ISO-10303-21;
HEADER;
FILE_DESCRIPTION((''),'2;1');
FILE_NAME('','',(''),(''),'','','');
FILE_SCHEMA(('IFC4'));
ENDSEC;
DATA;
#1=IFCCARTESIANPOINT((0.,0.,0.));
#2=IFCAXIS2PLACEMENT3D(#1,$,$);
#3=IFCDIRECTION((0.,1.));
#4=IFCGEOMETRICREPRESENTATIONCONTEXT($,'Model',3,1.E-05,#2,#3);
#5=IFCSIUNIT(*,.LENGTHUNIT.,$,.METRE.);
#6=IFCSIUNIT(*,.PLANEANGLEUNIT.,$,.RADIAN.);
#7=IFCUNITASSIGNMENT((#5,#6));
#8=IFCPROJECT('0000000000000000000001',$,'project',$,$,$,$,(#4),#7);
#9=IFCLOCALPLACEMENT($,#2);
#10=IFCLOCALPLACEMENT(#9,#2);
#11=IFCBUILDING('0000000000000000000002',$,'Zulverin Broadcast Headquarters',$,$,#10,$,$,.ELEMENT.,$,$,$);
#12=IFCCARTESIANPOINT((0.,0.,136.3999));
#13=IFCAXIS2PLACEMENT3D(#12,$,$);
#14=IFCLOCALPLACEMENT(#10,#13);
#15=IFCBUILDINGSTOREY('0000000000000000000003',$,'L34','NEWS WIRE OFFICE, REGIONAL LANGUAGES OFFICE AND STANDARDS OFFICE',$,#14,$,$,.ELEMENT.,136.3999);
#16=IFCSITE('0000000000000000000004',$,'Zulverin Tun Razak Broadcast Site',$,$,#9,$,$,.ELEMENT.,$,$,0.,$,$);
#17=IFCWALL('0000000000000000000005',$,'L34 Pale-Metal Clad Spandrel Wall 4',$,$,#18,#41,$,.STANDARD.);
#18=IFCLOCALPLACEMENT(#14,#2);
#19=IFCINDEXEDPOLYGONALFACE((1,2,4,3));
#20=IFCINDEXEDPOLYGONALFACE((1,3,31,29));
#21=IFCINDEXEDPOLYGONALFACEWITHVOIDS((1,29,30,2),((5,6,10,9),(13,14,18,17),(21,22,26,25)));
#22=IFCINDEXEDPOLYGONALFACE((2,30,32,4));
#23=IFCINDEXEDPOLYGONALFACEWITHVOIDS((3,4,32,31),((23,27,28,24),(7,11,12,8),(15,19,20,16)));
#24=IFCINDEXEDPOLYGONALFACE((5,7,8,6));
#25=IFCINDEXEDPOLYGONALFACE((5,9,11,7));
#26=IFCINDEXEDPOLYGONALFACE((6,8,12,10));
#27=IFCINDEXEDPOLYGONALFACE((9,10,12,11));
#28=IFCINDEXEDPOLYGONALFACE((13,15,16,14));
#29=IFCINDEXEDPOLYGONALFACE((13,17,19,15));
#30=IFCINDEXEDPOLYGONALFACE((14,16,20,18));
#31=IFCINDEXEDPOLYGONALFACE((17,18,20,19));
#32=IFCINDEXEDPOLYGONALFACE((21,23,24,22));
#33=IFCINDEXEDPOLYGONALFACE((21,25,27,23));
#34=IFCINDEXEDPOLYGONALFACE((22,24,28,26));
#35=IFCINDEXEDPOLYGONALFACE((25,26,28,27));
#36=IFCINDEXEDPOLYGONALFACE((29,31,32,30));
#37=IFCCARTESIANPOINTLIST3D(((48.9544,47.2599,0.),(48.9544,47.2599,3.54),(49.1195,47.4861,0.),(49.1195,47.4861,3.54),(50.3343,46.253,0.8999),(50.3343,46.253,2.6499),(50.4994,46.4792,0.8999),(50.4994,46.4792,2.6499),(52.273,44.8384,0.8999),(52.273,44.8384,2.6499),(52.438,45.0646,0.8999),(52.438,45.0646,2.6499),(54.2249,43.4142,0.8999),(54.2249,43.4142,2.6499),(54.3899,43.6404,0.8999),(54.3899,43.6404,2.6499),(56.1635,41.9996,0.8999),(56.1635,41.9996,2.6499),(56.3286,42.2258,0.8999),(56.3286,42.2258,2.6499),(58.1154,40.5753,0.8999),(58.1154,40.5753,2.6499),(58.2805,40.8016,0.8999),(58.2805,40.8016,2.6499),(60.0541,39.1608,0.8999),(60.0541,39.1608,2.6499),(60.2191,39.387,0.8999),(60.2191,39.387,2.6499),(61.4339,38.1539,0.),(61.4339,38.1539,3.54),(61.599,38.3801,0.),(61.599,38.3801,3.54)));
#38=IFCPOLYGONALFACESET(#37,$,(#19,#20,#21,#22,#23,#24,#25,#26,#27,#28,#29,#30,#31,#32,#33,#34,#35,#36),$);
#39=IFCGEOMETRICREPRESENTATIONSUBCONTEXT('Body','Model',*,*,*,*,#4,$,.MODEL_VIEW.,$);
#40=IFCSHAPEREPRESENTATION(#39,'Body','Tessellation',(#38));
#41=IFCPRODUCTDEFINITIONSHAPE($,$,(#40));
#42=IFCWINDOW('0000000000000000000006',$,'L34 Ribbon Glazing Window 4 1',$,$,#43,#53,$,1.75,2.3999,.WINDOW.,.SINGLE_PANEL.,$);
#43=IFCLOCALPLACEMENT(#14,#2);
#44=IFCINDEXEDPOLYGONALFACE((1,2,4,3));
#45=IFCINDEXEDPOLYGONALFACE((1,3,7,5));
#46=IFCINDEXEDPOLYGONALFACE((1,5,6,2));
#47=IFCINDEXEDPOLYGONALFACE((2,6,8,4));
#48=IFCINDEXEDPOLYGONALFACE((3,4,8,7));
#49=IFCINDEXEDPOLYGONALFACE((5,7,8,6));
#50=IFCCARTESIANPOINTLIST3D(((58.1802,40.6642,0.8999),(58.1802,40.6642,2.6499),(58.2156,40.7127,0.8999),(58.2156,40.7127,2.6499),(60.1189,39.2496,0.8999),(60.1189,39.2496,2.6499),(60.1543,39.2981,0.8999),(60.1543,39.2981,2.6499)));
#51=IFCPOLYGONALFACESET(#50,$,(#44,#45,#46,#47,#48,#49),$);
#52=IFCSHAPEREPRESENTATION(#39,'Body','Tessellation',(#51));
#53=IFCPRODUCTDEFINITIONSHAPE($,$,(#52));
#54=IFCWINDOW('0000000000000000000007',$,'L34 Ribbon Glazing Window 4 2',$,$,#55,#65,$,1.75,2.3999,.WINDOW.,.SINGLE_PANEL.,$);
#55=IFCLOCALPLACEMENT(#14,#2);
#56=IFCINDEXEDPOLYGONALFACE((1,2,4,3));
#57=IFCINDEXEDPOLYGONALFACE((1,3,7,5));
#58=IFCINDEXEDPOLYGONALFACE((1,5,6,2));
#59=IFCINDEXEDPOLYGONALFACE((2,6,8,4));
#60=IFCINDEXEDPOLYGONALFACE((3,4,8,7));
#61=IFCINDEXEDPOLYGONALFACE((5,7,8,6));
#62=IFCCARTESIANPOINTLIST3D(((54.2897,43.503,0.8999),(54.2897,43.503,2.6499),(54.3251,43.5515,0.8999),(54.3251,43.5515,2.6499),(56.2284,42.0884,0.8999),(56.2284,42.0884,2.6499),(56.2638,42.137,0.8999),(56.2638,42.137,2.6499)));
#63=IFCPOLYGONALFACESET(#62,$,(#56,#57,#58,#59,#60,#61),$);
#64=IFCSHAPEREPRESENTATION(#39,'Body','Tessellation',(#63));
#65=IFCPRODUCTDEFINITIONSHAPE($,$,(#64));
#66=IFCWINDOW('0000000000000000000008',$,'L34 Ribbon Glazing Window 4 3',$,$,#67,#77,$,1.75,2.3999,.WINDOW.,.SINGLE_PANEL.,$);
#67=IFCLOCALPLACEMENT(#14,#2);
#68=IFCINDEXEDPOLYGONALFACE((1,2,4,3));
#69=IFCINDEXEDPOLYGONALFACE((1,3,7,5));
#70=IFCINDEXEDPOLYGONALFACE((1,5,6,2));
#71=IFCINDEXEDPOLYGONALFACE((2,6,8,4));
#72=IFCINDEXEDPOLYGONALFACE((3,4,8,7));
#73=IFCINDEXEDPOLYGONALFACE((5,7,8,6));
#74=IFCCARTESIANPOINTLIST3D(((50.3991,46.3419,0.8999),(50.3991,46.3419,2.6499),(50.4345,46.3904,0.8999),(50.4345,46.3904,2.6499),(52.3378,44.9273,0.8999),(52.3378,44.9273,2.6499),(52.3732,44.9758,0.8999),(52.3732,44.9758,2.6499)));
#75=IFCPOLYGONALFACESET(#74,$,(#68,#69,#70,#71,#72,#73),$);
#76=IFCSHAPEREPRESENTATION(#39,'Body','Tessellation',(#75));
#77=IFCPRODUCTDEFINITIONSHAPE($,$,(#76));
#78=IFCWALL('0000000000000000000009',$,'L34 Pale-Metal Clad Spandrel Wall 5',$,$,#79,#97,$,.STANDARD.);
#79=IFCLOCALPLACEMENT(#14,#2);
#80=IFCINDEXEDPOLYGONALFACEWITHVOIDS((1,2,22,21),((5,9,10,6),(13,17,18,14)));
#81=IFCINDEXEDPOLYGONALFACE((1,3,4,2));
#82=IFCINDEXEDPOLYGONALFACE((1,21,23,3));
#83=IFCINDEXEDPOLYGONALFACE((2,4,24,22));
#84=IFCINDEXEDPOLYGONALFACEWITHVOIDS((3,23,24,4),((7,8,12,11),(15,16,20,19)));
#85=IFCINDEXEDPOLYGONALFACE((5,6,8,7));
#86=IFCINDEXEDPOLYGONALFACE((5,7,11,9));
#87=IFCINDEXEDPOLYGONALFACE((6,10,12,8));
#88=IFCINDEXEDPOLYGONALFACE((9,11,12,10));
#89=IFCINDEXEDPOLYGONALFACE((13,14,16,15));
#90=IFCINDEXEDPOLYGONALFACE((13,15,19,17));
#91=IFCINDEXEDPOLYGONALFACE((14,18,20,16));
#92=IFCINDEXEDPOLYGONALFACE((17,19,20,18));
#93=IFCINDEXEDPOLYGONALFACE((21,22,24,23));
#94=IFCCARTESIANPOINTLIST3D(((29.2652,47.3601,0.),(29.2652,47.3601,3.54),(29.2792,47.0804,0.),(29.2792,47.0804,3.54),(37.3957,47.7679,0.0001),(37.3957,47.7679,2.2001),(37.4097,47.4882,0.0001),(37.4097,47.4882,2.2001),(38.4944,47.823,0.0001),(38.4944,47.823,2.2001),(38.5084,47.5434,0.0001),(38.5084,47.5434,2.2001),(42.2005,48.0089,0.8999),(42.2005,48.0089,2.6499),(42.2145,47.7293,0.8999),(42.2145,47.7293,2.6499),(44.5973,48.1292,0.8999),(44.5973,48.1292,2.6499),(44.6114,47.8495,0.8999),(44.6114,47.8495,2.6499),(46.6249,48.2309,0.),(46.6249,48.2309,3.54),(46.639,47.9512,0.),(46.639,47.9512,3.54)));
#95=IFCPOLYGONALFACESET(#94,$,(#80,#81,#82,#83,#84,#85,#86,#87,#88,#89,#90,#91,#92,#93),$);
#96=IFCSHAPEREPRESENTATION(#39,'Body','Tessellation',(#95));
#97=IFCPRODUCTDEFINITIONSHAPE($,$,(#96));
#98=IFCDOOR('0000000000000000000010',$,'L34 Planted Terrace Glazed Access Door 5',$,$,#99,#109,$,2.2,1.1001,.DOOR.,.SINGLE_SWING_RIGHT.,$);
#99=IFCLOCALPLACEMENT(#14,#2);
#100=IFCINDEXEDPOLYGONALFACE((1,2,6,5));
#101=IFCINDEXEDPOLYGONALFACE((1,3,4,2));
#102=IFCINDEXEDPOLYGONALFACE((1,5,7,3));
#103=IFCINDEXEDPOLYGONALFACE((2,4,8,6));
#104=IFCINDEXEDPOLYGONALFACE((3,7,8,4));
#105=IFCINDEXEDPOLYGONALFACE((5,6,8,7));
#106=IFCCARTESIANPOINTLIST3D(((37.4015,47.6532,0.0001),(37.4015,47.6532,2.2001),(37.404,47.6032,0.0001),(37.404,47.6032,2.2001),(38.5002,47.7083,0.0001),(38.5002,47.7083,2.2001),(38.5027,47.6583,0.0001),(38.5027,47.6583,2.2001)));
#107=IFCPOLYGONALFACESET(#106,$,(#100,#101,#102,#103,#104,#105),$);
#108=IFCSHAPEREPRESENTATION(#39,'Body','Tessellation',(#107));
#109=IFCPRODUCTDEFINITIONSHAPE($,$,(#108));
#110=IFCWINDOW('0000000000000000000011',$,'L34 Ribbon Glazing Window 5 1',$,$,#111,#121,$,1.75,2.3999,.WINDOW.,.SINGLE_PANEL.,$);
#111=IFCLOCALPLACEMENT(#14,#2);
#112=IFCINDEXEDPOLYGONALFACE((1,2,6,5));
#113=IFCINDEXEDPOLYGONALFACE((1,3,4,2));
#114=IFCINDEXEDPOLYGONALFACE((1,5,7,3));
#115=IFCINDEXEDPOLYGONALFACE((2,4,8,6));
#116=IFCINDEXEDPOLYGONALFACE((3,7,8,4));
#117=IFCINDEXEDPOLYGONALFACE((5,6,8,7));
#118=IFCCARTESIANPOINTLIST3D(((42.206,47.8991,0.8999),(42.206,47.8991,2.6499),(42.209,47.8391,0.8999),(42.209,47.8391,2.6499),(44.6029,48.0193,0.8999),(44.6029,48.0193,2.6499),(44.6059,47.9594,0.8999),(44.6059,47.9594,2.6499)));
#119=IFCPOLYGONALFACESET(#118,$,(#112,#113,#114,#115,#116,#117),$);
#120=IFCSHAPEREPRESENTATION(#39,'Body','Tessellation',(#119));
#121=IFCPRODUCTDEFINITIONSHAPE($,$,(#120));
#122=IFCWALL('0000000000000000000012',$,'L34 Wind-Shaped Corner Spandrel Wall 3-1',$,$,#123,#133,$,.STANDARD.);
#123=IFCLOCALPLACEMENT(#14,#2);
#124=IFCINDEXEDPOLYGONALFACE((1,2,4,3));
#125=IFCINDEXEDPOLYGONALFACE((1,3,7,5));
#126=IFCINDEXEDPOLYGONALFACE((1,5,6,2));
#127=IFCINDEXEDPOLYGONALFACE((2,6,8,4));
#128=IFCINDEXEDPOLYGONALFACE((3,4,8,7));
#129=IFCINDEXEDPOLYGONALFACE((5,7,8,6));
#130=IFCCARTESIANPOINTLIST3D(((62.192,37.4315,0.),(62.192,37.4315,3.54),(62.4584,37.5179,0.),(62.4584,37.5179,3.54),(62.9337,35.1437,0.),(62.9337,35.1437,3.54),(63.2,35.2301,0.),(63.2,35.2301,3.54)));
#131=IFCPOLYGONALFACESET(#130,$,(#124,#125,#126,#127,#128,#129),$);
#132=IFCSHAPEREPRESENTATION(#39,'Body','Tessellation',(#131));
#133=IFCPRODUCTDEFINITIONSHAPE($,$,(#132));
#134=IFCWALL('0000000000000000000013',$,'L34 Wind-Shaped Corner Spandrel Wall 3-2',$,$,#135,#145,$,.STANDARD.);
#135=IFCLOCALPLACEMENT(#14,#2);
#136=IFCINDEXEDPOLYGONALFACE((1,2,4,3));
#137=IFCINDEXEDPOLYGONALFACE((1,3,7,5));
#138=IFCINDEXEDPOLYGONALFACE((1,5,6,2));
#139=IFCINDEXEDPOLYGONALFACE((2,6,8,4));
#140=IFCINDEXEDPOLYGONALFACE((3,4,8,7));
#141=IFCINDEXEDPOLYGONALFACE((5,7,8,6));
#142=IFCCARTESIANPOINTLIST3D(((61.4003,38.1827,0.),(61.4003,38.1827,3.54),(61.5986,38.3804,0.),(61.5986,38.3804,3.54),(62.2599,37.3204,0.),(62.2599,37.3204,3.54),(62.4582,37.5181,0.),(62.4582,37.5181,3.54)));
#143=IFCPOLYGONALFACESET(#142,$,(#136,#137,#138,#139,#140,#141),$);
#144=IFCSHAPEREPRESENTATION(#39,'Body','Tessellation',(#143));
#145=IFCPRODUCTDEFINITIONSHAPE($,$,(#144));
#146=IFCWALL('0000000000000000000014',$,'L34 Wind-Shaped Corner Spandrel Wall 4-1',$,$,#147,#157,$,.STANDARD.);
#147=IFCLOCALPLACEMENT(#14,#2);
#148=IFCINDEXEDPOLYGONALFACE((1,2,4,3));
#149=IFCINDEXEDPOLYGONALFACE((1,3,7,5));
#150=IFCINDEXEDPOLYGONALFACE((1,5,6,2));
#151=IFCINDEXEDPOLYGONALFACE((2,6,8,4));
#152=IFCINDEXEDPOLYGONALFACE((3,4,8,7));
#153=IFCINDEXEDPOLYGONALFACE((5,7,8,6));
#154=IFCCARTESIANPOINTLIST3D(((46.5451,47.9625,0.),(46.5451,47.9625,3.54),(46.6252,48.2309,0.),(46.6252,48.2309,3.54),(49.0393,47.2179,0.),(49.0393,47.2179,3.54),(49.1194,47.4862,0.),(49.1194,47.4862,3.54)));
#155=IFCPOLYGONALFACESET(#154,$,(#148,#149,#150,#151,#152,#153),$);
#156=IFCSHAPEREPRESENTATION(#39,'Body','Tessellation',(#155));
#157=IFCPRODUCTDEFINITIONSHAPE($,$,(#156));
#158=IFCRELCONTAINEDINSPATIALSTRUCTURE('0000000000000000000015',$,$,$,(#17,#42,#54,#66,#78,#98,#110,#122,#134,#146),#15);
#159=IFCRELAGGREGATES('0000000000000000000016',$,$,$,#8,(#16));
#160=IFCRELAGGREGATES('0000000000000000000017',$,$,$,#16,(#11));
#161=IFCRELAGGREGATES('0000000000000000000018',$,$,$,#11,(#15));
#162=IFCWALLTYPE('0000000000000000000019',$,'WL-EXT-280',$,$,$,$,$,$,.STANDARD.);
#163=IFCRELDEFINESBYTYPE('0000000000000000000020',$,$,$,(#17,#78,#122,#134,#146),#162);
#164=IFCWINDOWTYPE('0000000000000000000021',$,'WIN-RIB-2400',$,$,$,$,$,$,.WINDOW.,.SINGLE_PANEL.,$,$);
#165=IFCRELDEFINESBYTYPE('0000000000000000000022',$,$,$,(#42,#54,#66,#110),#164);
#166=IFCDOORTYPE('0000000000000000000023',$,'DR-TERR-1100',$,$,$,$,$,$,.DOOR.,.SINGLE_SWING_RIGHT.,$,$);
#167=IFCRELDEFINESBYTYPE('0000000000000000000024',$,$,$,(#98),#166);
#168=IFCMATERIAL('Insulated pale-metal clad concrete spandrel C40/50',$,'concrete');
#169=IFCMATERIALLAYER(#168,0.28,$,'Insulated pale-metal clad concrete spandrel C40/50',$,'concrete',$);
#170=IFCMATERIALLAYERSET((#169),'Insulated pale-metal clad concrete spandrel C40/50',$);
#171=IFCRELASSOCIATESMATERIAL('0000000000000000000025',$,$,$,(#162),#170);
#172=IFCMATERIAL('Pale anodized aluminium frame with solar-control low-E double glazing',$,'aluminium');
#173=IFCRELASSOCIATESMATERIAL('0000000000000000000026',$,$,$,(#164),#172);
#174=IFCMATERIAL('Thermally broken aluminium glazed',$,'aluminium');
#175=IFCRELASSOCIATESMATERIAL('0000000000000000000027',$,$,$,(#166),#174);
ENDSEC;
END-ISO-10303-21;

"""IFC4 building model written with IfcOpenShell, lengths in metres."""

from ifc_helpers import new_model, si_unit, direction, frame, frame_2d, origin, place, context, subcontext, project, spatial, rectangle, extrude, material, layer, layer_set, type_object, element, fill, save


model = new_model("IFC4")

# Units and contexts
model_context = context("Model", 3, precision=1e-05, world=origin(), true_north=direction((0.0, 1.0)))
body_context = subcontext(model_context, "Body", "Model", "MODEL_VIEW")
ifc_project = project(units=[si_unit("LENGTHUNIT", "METRE"), si_unit("PLANEANGLEUNIT", "RADIAN")], contexts=[model_context])

# Site, building, storey
site_placement = place(None, origin())
site = spatial("IfcSite", under=ifc_project, at=site_placement, Name="Zulverin Tun Razak Broadcast Site", CompositionType="ELEMENT", RefElevation=0.0)
building_placement = place(site_placement, origin())
building = spatial("IfcBuilding", under=site, at=building_placement, Name="Zulverin Broadcast Headquarters", CompositionType="ELEMENT")
storey_placement = place(building_placement, frame((0.0, 0.0, 136.3999)))
storey = spatial("IfcBuildingStorey", under=building, at=storey_placement, Name="L34", Description="NEWS WIRE OFFICE, REGIONAL LANGUAGES OFFICE AND STANDARDS OFFICE", CompositionType="ELEMENT", Elevation=136.3999)

# Wall, openings, windows
ifc_material_1 = material(Name="Insulated pale-metal clad concrete spandrel C40/50", Category="concrete")
ifc_layer_1 = layer(ifc_material_1, 0.28, Name="Insulated pale-metal clad concrete spandrel C40/50", Category="concrete")
ifc_layer_set_1 = layer_set([ifc_layer_1], Name="Insulated pale-metal clad concrete spandrel C40/50")
wall_type = type_object("IfcWallType", Name="WL-EXT-280", PredefinedType="STANDARD", material=ifc_layer_set_1)
wall_1_placement = place(storey_placement, frame((61.5164, 38.2671, 0.0), z_axis=(0.0, 0.0, 1.0), x_axis=(-0.807813, 0.58944, 0.0)))
wall_1 = element("IfcWall", 1, at=wall_1_placement, inside=storey, type_object=wall_type, Name="L34 Pale-Metal Clad Spandrel Wall 4", PredefinedType="STANDARD", context=body_context, shape_type="SweptSolid", body=[
    extrude(rectangle(XDim=15.4485, YDim=0.28, at=frame_2d((7.7241, 0.0))), origin(), (0.0, 0.0, 1.0), 3.54),
])
opening_1_placement = place(wall_1_placement, frame((1.708, 0.0, 0.8999)))
opening_1 = element("IfcOpeningElement", 2, at=opening_1_placement, cuts=wall_1, PredefinedType="OPENING", context=body_context, shape_type="SweptSolid", body=[
    extrude(rectangle(XDim=2.3999, YDim=1.75, at=frame_2d((1.2, 0.875))), frame((0.0, 0.1499, 0.0), z_axis=(0.0, -1.0, 0.0), x_axis=(1.0, 0.0, 0.0)), (0.0, 0.0, 1.0), 0.3),
])
opening_2_placement = place(wall_1_placement, frame((6.5242, 0.0, 0.8999)))
opening_2 = element("IfcOpeningElement", 3, at=opening_2_placement, cuts=wall_1, PredefinedType="OPENING", context=body_context, shape_type="SweptSolid", body=[
    extrude(rectangle(XDim=2.3999, YDim=1.75, at=frame_2d((1.2, 0.875))), frame((0.0, 0.1499, 0.0), z_axis=(0.0, -1.0, 0.0), x_axis=(1.0, 0.0, 0.0)), (0.0, 0.0, 1.0), 0.3),
])
opening_3_placement = place(wall_1_placement, frame((11.3403, 0.0, 0.8999)))
opening_3 = element("IfcOpeningElement", 4, at=opening_3_placement, cuts=wall_1, PredefinedType="OPENING", context=body_context, shape_type="SweptSolid", body=[
    extrude(rectangle(XDim=2.3999, YDim=1.75, at=frame_2d((1.2, 0.875))), frame((0.0, 0.1499, 0.0), z_axis=(0.0, -1.0, 0.0), x_axis=(1.0, 0.0, 0.0)), (0.0, 0.0, 1.0), 0.3),
])
ifc_material_2 = material(Name="Pale anodized aluminium frame with solar-control low-E double glazing", Category="aluminium")
window_type = type_object("IfcWindowType", Name="WIN-RIB-2400", PartitioningType="SINGLE_PANEL", PredefinedType="WINDOW", material=ifc_material_2)
window_1_placement = place(opening_1_placement, origin())
window_1 = element("IfcWindow", 5, at=window_1_placement, inside=storey, type_object=window_type, Name="L34 Ribbon Glazing Window 4 1", OverallHeight=1.75, OverallWidth=2.3999, PartitioningType="SINGLE_PANEL", PredefinedType="WINDOW", context=body_context, shape_type="SweptSolid", body=[
    extrude(rectangle(XDim=2.3999, YDim=1.75, at=frame_2d((1.2, 0.875))), frame((0.0, 0.03, 0.0), z_axis=(0.0, -1.0, 0.0), x_axis=(1.0, 0.0, 0.0)), (0.0, 0.0, 1.0), 0.0601),
])
fill(opening_1, window_1)
window_2_placement = place(opening_2_placement, origin())
window_2 = element("IfcWindow", 6, at=window_2_placement, inside=storey, type_object=window_type, Name="L34 Ribbon Glazing Window 4 2", OverallHeight=1.75, OverallWidth=2.3999, PartitioningType="SINGLE_PANEL", PredefinedType="WINDOW", context=body_context, shape_type="SweptSolid", body=[
    extrude(rectangle(XDim=2.3999, YDim=1.75, at=frame_2d((1.2, 0.875))), frame((0.0, 0.03, 0.0), z_axis=(0.0, -1.0, 0.0), x_axis=(1.0, 0.0, 0.0)), (0.0, 0.0, 1.0), 0.0601),
])
fill(opening_2, window_2)
window_3_placement = place(opening_3_placement, origin())
window_3 = element("IfcWindow", 7, at=window_3_placement, inside=storey, type_object=window_type, Name="L34 Ribbon Glazing Window 4 3", OverallHeight=1.75, OverallWidth=2.3999, PartitioningType="SINGLE_PANEL", PredefinedType="WINDOW", context=body_context, shape_type="SweptSolid", body=[
    extrude(rectangle(XDim=2.3999, YDim=1.75, at=frame_2d((1.2, 0.875))), frame((0.0, 0.03, 0.0), z_axis=(0.0, -1.0, 0.0), x_axis=(1.0, 0.0, 0.0)), (0.0, 0.0, 1.0), 0.0601),
])
fill(opening_3, window_3)

# Wall, openings, door, window
wall_2_placement = place(storey_placement, frame((46.6321, 48.0911, 0.0), z_axis=(0.0, 0.0, 1.0), x_axis=(-0.998744, -0.050102, 0.0)))
wall_2 = element("IfcWall", 8, at=wall_2_placement, inside=storey, type_object=wall_type, Name="L34 Pale-Metal Clad Spandrel Wall 5", PredefinedType="STANDARD", context=body_context, shape_type="SweptSolid", body=[
    extrude(rectangle(XDim=17.3816, YDim=0.28, at=frame_2d((8.6909, 0.0))), origin(), (0.0, 0.0, 1.0), 3.54),
])
opening_4_placement = place(wall_2_placement, frame((8.1409, 0.0, 0.0)))
opening_4 = element("IfcOpeningElement", 9, at=opening_4_placement, cuts=wall_2, PredefinedType="OPENING", context=body_context, shape_type="SweptSolid", body=[
    extrude(rectangle(XDim=1.1001, YDim=2.2, at=frame_2d((0.55, 1.1001))), frame((0.0, 0.1499, 0.0), z_axis=(0.0, -1.0, 0.0), x_axis=(1.0, 0.0, 0.0)), (0.0, 0.0, 1.0), 0.3),
])
opening_5_placement = place(wall_2_placement, frame((2.0303, 0.0, 0.8999)))
opening_5 = element("IfcOpeningElement", 10, at=opening_5_placement, cuts=wall_2, PredefinedType="OPENING", context=body_context, shape_type="SweptSolid", body=[
    extrude(rectangle(XDim=2.3999, YDim=1.75, at=frame_2d((1.2, 0.875))), frame((0.0, 0.1499, 0.0), z_axis=(0.0, -1.0, 0.0), x_axis=(1.0, 0.0, 0.0)), (0.0, 0.0, 1.0), 0.3),
])
ifc_material_3 = material(Name="Thermally broken aluminium glazed", Category="aluminium")
door_type = type_object("IfcDoorType", Name="DR-TERR-1100", OperationType="SINGLE_SWING_RIGHT", PredefinedType="DOOR", material=ifc_material_3)
door_placement = place(opening_4_placement, origin())
door = element("IfcDoor", 11, at=door_placement, inside=storey, type_object=door_type, Name="L34 Planted Terrace Glazed Access Door 5", OperationType="SINGLE_SWING_RIGHT", OverallHeight=2.2, OverallWidth=1.1001, PredefinedType="DOOR", context=body_context, shape_type="SweptSolid", body=[
    extrude(rectangle(XDim=1.1001, YDim=2.2, at=frame_2d((0.55, 1.1001))), frame((0.0, 0.0249, 0.0), z_axis=(0.0, -1.0, 0.0), x_axis=(1.0, 0.0, 0.0)), (0.0, 0.0, 1.0), 0.05),
])
fill(opening_4, door)
window_4_placement = place(opening_5_placement, origin())
window_4 = element("IfcWindow", 12, at=window_4_placement, inside=storey, type_object=window_type, Name="L34 Ribbon Glazing Window 5 1", OverallHeight=1.75, OverallWidth=2.3999, PartitioningType="SINGLE_PANEL", PredefinedType="WINDOW", context=body_context, shape_type="SweptSolid", body=[
    extrude(rectangle(XDim=2.3999, YDim=1.75, at=frame_2d((1.2, 0.875))), frame((0.0, 0.03, 0.0), z_axis=(0.0, -1.0, 0.0), x_axis=(1.0, 0.0, 0.0)), (0.0, 0.0, 1.0), 0.0601),
])
fill(opening_5, window_4)

# Walls
wall_3_placement = place(storey_placement, frame((63.0669, 35.1868, 0.0), z_axis=(0.0, 0.0, 1.0), x_axis=(-0.308391, 0.95126, 0.0)))
element("IfcWall", 13, at=wall_3_placement, inside=storey, type_object=wall_type, Name="L34 Wind-Shaped Corner Spandrel Wall 3-1", PredefinedType="STANDARD", context=body_context, shape_type="SweptSolid", body=[
    extrude(rectangle(XDim=2.405, YDim=0.28, at=frame_2d((1.2026, 0.0))), origin(), (0.0, 0.0, 1.0), 3.54),
])
wall_4_placement = place(storey_placement, frame((62.3591, 37.4192, 0.0), z_axis=(0.0, 0.0, 1.0), x_axis=(-0.706003, 0.708209, 0.0)))
element("IfcWall", 14, at=wall_4_placement, inside=storey, type_object=wall_type, Name="L34 Wind-Shaped Corner Spandrel Wall 3-2", PredefinedType="STANDARD", context=body_context, shape_type="SweptSolid", body=[
    extrude(rectangle(XDim=1.2175, YDim=0.28, at=frame_2d((0.6089, 0.0))), origin(), (0.0, 0.0, 1.0), 3.54),
])
wall_5_placement = place(storey_placement, frame((49.0793, 47.3521, 0.0), z_axis=(0.0, 0.0, 1.0), x_axis=(-0.958208, 0.286074, 0.0)))
element("IfcWall", 15, at=wall_5_placement, inside=storey, type_object=wall_type, Name="L34 Wind-Shaped Corner Spandrel Wall 4-1", PredefinedType="STANDARD", context=body_context, shape_type="SweptSolid", body=[
    extrude(rectangle(XDim=2.603, YDim=0.28, at=frame_2d((1.3015, 0.0))), origin(), (0.0, 0.0, 1.0), 3.54),
])

save(model, "model.ifc")
